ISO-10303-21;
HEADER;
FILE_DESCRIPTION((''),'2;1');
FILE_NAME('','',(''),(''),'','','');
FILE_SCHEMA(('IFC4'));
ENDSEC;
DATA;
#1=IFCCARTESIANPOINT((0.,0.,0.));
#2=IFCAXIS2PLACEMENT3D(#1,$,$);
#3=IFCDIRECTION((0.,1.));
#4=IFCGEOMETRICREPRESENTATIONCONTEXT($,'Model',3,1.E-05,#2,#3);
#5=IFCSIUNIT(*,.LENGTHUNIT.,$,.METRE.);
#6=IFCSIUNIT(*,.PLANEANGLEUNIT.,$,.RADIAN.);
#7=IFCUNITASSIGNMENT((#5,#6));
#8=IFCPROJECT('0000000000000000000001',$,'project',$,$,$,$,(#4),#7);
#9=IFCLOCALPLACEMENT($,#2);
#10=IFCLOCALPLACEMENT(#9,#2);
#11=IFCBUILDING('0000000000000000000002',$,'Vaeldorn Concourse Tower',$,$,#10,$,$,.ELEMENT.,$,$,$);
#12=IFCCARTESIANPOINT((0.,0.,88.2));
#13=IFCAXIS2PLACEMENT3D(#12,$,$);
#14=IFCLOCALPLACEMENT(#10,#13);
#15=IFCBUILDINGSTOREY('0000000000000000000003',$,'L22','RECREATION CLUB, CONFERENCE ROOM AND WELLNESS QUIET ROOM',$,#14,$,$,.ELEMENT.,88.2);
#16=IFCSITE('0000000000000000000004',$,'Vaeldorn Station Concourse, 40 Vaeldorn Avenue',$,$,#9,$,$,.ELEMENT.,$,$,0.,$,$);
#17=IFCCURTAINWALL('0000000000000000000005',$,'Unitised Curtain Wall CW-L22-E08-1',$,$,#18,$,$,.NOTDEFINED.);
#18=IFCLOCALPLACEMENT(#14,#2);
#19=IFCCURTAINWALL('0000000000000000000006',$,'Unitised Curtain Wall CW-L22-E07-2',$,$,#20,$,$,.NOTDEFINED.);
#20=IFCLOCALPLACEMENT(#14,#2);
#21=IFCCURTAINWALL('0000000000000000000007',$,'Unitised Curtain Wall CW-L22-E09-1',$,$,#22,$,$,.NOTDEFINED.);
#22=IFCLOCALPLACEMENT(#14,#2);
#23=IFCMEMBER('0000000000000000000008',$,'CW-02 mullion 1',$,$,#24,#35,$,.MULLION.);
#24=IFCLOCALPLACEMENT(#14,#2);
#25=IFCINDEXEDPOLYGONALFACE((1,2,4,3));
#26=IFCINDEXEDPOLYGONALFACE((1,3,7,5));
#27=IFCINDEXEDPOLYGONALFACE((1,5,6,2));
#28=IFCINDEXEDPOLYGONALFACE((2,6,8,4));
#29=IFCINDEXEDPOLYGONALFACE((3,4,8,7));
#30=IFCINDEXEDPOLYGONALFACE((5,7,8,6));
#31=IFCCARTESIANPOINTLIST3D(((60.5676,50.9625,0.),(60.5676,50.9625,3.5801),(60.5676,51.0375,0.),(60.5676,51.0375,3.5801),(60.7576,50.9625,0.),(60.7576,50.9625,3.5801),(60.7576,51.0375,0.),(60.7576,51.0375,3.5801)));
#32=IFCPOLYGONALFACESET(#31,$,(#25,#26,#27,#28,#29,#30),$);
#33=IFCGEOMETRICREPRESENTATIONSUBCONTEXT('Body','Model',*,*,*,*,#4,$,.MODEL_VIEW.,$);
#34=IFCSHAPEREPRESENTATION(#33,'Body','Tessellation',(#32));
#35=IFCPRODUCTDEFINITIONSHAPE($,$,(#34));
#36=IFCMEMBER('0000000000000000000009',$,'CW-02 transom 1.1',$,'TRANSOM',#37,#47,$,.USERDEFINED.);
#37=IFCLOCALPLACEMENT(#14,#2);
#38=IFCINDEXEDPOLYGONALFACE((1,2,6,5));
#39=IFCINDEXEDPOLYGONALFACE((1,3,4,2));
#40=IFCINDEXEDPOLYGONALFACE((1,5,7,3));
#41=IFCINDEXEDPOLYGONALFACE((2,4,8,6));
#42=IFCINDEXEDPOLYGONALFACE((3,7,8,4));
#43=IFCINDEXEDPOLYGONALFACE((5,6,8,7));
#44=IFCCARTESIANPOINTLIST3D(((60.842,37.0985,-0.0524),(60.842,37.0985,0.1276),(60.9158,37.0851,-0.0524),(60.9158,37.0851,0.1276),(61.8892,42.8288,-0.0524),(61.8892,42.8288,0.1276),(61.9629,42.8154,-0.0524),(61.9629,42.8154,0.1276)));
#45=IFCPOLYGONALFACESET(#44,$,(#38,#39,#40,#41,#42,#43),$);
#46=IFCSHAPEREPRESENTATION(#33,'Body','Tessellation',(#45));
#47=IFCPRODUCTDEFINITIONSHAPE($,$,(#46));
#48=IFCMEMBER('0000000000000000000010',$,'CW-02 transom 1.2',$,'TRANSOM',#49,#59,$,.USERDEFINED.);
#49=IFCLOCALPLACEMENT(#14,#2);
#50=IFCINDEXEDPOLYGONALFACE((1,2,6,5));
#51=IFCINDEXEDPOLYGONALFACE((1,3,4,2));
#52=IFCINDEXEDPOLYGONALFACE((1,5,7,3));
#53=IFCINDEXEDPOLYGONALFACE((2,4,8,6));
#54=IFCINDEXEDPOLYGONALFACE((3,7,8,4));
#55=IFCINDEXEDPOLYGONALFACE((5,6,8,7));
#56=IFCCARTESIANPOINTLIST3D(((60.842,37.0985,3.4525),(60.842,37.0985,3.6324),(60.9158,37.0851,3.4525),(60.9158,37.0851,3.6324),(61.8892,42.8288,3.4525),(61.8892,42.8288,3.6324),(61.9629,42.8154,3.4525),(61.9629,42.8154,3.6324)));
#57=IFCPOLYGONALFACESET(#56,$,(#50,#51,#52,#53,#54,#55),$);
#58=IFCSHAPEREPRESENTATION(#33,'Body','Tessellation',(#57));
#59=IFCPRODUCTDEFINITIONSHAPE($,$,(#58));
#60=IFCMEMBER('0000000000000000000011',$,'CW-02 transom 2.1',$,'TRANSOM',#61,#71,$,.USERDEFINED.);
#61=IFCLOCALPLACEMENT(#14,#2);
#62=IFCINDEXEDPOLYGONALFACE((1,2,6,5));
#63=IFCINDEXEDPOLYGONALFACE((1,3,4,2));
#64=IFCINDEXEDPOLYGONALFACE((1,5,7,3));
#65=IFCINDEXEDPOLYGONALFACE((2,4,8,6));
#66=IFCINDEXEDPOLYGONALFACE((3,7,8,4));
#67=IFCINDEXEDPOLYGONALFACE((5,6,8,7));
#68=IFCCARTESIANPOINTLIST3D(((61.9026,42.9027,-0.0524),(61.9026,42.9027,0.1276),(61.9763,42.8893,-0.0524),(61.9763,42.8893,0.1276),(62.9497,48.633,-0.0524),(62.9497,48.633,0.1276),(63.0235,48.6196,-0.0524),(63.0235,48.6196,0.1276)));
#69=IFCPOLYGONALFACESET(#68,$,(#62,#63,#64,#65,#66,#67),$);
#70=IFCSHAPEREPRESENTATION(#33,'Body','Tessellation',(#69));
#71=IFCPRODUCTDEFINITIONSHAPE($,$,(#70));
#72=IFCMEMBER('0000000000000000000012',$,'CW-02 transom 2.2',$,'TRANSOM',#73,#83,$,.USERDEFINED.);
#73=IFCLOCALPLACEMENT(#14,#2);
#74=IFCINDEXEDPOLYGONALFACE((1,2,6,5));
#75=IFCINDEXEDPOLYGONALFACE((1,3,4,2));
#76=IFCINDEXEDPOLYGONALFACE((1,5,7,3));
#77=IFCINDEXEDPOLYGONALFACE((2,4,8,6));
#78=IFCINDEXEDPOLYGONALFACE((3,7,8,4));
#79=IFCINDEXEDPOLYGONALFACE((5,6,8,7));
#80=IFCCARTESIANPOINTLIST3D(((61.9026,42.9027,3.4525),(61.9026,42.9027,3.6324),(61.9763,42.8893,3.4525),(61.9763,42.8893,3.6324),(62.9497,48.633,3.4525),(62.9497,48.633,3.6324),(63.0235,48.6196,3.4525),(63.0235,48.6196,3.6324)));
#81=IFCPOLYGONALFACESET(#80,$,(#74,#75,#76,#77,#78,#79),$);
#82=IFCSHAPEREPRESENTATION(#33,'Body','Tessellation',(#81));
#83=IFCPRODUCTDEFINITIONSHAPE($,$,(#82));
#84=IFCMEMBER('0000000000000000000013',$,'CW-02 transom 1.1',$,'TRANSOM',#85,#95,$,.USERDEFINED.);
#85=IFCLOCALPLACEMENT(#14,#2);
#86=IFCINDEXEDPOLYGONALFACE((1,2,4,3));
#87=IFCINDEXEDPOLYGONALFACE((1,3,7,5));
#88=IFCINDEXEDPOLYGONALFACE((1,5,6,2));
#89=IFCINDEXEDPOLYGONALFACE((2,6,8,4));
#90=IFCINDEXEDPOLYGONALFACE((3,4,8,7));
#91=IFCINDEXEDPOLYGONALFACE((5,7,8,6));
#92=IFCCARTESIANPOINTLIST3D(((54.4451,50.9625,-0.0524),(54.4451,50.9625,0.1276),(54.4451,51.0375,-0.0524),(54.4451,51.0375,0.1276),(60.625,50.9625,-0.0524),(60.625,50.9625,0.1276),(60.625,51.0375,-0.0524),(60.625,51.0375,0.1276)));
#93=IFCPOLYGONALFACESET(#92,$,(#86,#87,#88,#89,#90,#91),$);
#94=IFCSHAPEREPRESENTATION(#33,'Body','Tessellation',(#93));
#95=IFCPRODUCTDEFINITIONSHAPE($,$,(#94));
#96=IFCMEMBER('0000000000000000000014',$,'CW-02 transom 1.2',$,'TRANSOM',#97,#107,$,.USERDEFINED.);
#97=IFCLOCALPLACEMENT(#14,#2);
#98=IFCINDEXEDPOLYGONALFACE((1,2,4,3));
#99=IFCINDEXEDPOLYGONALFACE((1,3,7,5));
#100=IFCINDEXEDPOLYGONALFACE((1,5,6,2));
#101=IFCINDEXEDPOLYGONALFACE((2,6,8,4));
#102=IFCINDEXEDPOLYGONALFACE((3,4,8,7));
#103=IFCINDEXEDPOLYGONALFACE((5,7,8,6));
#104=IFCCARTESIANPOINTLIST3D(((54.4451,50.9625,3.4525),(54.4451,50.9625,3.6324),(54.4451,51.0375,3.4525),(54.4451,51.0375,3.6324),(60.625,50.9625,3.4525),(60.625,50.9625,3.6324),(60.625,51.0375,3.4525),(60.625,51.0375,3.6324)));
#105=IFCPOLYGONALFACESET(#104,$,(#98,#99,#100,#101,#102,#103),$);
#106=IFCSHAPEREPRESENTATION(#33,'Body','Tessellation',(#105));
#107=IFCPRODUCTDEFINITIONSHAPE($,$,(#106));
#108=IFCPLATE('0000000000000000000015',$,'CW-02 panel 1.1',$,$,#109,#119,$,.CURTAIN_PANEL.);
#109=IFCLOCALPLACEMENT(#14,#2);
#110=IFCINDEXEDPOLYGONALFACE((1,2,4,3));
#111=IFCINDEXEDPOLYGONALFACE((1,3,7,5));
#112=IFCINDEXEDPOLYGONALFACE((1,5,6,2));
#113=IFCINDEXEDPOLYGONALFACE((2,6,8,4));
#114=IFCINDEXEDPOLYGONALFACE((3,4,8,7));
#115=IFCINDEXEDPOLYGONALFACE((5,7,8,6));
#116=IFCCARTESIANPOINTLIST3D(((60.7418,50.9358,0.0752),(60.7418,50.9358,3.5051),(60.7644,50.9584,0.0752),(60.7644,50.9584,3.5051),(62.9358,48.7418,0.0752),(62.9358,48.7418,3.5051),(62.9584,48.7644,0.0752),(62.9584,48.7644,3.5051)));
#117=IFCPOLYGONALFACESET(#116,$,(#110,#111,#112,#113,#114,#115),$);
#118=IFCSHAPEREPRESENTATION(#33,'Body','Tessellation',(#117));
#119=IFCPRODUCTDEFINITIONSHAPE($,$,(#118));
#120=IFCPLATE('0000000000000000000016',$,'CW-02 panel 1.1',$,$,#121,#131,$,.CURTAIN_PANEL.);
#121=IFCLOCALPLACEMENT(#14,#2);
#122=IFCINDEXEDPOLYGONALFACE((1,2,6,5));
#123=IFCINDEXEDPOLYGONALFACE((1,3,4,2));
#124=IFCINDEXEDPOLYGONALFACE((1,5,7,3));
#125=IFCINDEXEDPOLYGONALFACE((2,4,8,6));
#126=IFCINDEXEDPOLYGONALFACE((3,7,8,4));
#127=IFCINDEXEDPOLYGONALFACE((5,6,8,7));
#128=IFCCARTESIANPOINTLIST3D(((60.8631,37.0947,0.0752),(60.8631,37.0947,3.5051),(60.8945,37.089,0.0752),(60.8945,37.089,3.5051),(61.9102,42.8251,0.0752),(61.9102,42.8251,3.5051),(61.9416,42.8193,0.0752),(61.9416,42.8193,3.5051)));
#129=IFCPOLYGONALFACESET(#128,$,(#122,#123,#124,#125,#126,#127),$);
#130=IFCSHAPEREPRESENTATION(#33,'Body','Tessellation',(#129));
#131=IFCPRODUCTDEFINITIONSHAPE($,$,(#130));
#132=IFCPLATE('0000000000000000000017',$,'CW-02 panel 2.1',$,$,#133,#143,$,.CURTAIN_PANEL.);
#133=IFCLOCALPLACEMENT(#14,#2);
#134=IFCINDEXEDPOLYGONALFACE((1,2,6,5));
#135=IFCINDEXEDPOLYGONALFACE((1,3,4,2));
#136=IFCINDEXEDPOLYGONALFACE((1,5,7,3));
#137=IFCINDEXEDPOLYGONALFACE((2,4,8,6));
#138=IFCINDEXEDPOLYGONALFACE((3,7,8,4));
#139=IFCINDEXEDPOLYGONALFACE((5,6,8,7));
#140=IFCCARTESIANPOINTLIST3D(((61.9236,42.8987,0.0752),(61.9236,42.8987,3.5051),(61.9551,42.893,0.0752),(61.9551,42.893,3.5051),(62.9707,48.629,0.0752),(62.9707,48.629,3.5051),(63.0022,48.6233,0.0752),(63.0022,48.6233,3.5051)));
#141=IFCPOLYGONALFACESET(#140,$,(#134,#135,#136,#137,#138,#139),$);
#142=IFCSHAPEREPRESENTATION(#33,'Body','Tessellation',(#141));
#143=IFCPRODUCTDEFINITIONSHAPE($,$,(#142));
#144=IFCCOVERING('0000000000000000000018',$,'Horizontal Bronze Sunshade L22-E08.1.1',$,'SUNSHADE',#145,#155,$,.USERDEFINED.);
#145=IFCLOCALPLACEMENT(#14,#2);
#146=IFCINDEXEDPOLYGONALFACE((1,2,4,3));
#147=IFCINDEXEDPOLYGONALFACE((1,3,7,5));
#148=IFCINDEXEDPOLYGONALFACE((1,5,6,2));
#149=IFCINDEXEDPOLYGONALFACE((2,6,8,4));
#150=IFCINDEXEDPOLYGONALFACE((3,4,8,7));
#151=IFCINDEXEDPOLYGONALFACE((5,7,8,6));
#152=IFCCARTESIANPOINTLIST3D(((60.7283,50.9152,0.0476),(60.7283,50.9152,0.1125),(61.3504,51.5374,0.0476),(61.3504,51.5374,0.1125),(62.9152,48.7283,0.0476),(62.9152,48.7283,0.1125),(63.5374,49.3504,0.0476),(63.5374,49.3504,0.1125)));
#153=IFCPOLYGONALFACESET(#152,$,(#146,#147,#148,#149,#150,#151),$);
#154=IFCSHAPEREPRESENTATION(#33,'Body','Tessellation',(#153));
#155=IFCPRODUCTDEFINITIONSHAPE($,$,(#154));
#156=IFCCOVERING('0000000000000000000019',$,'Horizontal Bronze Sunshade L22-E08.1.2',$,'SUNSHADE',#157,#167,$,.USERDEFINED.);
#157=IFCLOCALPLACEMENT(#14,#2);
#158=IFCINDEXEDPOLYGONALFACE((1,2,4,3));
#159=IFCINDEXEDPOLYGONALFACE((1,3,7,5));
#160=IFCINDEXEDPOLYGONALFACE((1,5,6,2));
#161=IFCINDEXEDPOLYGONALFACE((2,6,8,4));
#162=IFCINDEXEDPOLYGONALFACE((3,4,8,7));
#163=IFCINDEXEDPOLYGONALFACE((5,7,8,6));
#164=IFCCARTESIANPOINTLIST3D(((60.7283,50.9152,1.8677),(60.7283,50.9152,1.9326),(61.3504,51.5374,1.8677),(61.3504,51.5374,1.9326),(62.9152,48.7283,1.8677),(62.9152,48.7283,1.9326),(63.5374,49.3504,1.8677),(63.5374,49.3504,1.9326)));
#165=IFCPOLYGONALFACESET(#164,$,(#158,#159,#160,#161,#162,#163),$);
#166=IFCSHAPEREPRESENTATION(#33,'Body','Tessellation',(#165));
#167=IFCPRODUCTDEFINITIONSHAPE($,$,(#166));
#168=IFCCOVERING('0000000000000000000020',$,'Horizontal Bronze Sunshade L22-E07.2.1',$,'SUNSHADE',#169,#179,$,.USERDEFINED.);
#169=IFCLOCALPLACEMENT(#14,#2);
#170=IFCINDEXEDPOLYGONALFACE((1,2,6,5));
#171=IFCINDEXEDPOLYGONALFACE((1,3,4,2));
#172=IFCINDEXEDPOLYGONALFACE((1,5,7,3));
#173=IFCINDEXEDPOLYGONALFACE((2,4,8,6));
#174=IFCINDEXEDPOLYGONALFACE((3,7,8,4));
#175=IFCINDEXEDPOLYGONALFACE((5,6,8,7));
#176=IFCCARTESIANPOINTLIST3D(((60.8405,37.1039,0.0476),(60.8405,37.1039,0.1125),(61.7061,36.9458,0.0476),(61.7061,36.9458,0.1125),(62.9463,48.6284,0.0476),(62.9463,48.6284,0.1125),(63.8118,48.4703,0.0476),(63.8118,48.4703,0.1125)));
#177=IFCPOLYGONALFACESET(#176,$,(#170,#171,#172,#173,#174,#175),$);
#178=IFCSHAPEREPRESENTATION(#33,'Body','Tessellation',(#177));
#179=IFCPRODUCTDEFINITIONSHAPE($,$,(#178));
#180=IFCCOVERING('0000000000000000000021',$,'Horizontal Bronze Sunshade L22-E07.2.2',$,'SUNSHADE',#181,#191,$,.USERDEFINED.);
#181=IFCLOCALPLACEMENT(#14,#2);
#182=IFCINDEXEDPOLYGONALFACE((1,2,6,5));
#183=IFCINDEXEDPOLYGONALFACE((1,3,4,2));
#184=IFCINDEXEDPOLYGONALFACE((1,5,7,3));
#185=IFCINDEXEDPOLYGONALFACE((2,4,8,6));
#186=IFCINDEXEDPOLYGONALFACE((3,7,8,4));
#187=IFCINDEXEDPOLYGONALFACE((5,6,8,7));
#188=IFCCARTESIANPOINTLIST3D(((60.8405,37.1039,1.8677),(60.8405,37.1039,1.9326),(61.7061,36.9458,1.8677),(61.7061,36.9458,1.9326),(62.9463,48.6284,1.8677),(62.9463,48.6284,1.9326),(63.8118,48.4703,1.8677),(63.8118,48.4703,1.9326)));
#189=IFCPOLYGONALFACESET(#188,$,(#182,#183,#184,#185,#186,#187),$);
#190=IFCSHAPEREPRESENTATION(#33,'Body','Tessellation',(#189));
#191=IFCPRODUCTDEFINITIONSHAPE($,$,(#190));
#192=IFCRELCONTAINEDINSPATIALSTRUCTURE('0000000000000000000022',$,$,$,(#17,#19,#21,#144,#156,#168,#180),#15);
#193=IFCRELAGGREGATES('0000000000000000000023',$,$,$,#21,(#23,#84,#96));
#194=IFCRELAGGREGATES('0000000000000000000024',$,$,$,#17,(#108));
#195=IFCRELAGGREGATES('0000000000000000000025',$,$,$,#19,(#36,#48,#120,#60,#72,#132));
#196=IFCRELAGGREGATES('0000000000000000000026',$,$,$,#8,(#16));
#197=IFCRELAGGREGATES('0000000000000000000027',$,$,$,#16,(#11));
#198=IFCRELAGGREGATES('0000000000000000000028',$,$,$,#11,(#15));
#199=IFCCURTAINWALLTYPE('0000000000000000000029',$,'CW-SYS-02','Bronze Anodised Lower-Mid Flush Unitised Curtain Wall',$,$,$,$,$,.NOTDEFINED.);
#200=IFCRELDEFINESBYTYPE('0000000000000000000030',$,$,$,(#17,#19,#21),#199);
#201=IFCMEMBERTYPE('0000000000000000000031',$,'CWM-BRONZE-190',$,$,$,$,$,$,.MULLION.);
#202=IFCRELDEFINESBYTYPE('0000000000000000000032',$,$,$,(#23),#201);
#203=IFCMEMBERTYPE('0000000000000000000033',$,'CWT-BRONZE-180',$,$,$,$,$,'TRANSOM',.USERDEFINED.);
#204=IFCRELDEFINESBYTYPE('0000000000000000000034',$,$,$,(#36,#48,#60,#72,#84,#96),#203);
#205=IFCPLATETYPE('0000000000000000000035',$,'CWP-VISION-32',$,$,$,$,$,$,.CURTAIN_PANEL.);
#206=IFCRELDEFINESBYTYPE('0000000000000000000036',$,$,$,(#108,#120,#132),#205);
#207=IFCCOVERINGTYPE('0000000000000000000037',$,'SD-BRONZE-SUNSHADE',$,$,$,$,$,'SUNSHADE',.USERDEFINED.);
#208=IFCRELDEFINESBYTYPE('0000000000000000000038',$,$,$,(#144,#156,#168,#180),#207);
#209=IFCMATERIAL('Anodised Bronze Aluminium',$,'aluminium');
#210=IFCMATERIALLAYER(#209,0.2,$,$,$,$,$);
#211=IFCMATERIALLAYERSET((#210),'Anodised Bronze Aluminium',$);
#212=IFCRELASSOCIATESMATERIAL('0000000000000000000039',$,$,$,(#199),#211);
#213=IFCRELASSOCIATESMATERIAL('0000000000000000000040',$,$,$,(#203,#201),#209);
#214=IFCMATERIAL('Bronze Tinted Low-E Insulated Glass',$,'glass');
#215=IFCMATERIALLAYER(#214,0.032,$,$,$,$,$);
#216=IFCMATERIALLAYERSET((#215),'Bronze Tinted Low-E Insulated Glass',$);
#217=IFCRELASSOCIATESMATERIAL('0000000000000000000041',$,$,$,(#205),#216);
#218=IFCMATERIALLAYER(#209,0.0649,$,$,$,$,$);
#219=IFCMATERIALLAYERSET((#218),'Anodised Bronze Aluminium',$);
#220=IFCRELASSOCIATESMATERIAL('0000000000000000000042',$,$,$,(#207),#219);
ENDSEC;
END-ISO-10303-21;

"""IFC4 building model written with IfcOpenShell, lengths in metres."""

from ifc_helpers import new_model, si_unit, direction, frame, origin, origin_2d, place, context, subcontext, project, spatial, rectangle, extrude, source, transform, mapped, material, layer, layer_set, material_profile, profile_set, type_object, element, aggregate, save


model = new_model("IFC4")

# Units and contexts
model_context = context("Model", 3, precision=1e-05, world=origin(), true_north=direction((0.0, 1.0)))
body_context = subcontext(model_context, "Body", "Model", "MODEL_VIEW")
ifc_project = project(units=[si_unit("LENGTHUNIT", "METRE"), si_unit("PLANEANGLEUNIT", "RADIAN")], contexts=[model_context])

# Site, building, storey
site_placement = place(None, origin())
site = spatial("IfcSite", under=ifc_project, at=site_placement, Name="Vaeldorn Station Concourse, 40 Vaeldorn Avenue", CompositionType="ELEMENT", RefElevation=0.0)
building_placement = place(site_placement, origin())
building = spatial("IfcBuilding", under=site, at=building_placement, Name="Vaeldorn Concourse Tower", CompositionType="ELEMENT")
storey_placement = place(building_placement, frame((0.0, 0.0, 88.2)))
storey = spatial("IfcBuildingStorey", under=building, at=storey_placement, Name="L22", Description="RECREATION CLUB, CONFERENCE ROOM AND WELLNESS QUIET ROOM", CompositionType="ELEMENT", Elevation=88.2)

# Curtain walls
ifc_material_1 = material(Name="Anodised Bronze Aluminium", Category="aluminium")
ifc_layer_1 = layer(ifc_material_1, 0.2)
ifc_layer_set_1 = layer_set([ifc_layer_1], Name="Anodised Bronze Aluminium")
curtain_wall_type = type_object("IfcCurtainWallType", Name="CW-SYS-02", Description="Bronze Anodised Lower-Mid Flush Unitised Curtain Wall", PredefinedType="NOTDEFINED", material=ifc_layer_set_1)
curtain_wall_1_placement = place(storey_placement, origin())
curtain_wall_1 = element("IfcCurtainWall", 1, at=curtain_wall_1_placement, inside=storey, type_object=curtain_wall_type, Name="Unitised Curtain Wall CW-L22-E08-1", PredefinedType="NOTDEFINED")
ifc_material_profile_1 = material_profile(ifc_material_1, rectangle(XDim=0.075, YDim=0.1799, at=origin_2d()), Name="CWT 75x180")
ifc_profile_set_1 = profile_set([ifc_material_profile_1], Name="Anodised Bronze Aluminium")
member_type_1 = type_object("IfcMemberType", Name="CWT-BRONZE-180", ElementType="TRANSOM", PredefinedType="USERDEFINED", material=ifc_profile_set_1)
curtain_wall_2_placement = place(storey_placement, origin())
curtain_wall_2 = element("IfcCurtainWall", 2, at=curtain_wall_2_placement, inside=storey, type_object=curtain_wall_type, Name="Unitised Curtain Wall CW-L22-E07-2", PredefinedType="NOTDEFINED")
ifc_material_profile_2 = material_profile(ifc_material_1, rectangle(XDim=0.075, YDim=0.1899, at=origin_2d()), Name="CWM 75x190")
ifc_profile_set_2 = profile_set([ifc_material_profile_2], Name="Anodised Bronze Aluminium")
member_type_2 = type_object("IfcMemberType", Name="CWM-BRONZE-190", PredefinedType="MULLION", material=ifc_profile_set_2)
shared_shape_1 = source(origin(), body_context, "Body", "SweptSolid", [
    extrude(rectangle(XDim=0.075, YDim=0.1899, at=origin_2d()), origin(), (0.0, 0.0, 1.0), 3.5801),
])

# Curtain wall, member
curtain_wall_3_placement = place(storey_placement, origin())
curtain_wall_3 = element("IfcCurtainWall", 3, at=curtain_wall_3_placement, inside=storey, type_object=curtain_wall_type, Name="Unitised Curtain Wall CW-L22-E09-1", PredefinedType="NOTDEFINED")
member_1_placement = place(storey_placement, frame((60.6626, 51.0, 0.0), z_axis=(0.0, 0.0, 1.0), x_axis=(0.0, -1.0, 0.0)))
member_1 = element("IfcMember", 4, at=member_1_placement, type_object=member_type_2, Name="CW-02 mullion 1", PredefinedType="MULLION", context=body_context, shape_type="MappedRepresentation", body=[
    mapped(shared_shape_1, transform((0.0, 0.0, 0.0), scale=1.0)),
])

# Members
shared_shape_2 = source(origin(), body_context, "Body", "SweptSolid", [
    extrude(rectangle(XDim=0.075, YDim=0.1799, at=origin_2d()), origin(), (0.0, 0.0, 1.0), 5.8252),
])
member_2_placement = place(storey_placement, frame((60.8789, 37.0918, 0.0376), z_axis=(0.179759, 0.983711, 0.0), x_axis=(-0.983711, 0.179759, 0.0)))
member_2 = element("IfcMember", 5, at=member_2_placement, type_object=member_type_1, Name="CW-02 transom 1.1", ObjectType="TRANSOM", PredefinedType="USERDEFINED", context=body_context, shape_type="MappedRepresentation", body=[
    mapped(shared_shape_2, transform((0.0, 0.0, 0.0), scale=1.0)),
])
member_3_placement = place(storey_placement, frame((60.8789, 37.0918, 3.5425), z_axis=(0.179759, 0.983711, 0.0), x_axis=(-0.983711, 0.179759, 0.0)))
member_3 = element("IfcMember", 6, at=member_3_placement, type_object=member_type_1, Name="CW-02 transom 1.2", ObjectType="TRANSOM", PredefinedType="USERDEFINED", context=body_context, shape_type="MappedRepresentation", body=[
    mapped(shared_shape_2, transform((0.0, 0.0, 0.0), scale=1.0)),
])
member_4_placement = place(storey_placement, frame((61.9395, 42.896, 0.0376), z_axis=(0.179759, 0.983711, 0.0), x_axis=(-0.983711, 0.179759, 0.0)))
member_4 = element("IfcMember", 7, at=member_4_placement, type_object=member_type_1, Name="CW-02 transom 2.1", ObjectType="TRANSOM", PredefinedType="USERDEFINED", context=body_context, shape_type="MappedRepresentation", body=[
    mapped(shared_shape_2, transform((0.0, 0.0, 0.0), scale=1.0)),
])
member_5_placement = place(storey_placement, frame((61.9395, 42.896, 3.5425), z_axis=(0.179759, 0.983711, 0.0), x_axis=(-0.983711, 0.179759, 0.0)))
member_5 = element("IfcMember", 8, at=member_5_placement, type_object=member_type_1, Name="CW-02 transom 2.2", ObjectType="TRANSOM", PredefinedType="USERDEFINED", context=body_context, shape_type="MappedRepresentation", body=[
    mapped(shared_shape_2, transform((0.0, 0.0, 0.0), scale=1.0)),
])
shared_shape_3 = source(origin(), body_context, "Body", "SweptSolid", [
    extrude(rectangle(XDim=0.075, YDim=0.1799, at=origin_2d()), origin(), (0.0, 0.0, 1.0), 6.1799),
])
member_6_placement = place(storey_placement, frame((60.625, 51.0, 0.0376), z_axis=(-1.0, 0.0, 0.0), x_axis=(0.0, -1.0, 0.0)))
member_6 = element("IfcMember", 9, at=member_6_placement, type_object=member_type_1, Name="CW-02 transom 1.1", ObjectType="TRANSOM", PredefinedType="USERDEFINED", context=body_context, shape_type="MappedRepresentation", body=[
    mapped(shared_shape_3, transform((0.0, 0.0, 0.0), scale=1.0)),
])
member_7_placement = place(storey_placement, frame((60.625, 51.0, 3.5425), z_axis=(-1.0, 0.0, 0.0), x_axis=(0.0, -1.0, 0.0)))
member_7 = element("IfcMember", 10, at=member_7_placement, type_object=member_type_1, Name="CW-02 transom 1.2", ObjectType="TRANSOM", PredefinedType="USERDEFINED", context=body_context, shape_type="MappedRepresentation", body=[
    mapped(shared_shape_3, transform((0.0, 0.0, 0.0), scale=1.0)),
])
aggregate(curtain_wall_3, [member_1, member_6, member_7])

# Plates
ifc_material_2 = material(Name="Bronze Tinted Low-E Insulated Glass", Category="glass")
ifc_layer_2 = layer(ifc_material_2, 0.032)
ifc_layer_set_2 = layer_set([ifc_layer_2], Name="Bronze Tinted Low-E Insulated Glass")
plate_type = type_object("IfcPlateType", Name="CWP-VISION-32", PredefinedType="CURTAIN_PANEL", material=ifc_layer_set_2)
shared_shape_4 = source(origin(), body_context, "Body", "SweptSolid", [
    extrude(rectangle(XDim=3.1028, YDim=0.032, at=origin_2d()), origin(), (0.0, 0.0, 1.0), 3.4299),
])
plate_1_placement = place(storey_placement, frame((61.8501, 49.8501, 0.0752), z_axis=(0.0, 0.0, 1.0), x_axis=(-0.707107, 0.707107, 0.0)))
plate_1 = element("IfcPlate", 11, at=plate_1_placement, type_object=plate_type, Name="CW-02 panel 1.1", PredefinedType="CURTAIN_PANEL", context=body_context, shape_type="MappedRepresentation", body=[
    mapped(shared_shape_4, transform((0.0, 0.0, 0.0), scale=1.0)),
])
aggregate(curtain_wall_1, [plate_1])
shared_shape_5 = source(origin(), body_context, "Body", "SweptSolid", [
    extrude(rectangle(XDim=5.8252, YDim=0.032, at=origin_2d()), origin(), (0.0, 0.0, 1.0), 3.4299),
])
plate_2_placement = place(storey_placement, frame((61.4023, 39.957, 0.0752), z_axis=(0.0, 0.0, 1.0), x_axis=(0.179749, 0.983712, 0.0)))
plate_2 = element("IfcPlate", 12, at=plate_2_placement, type_object=plate_type, Name="CW-02 panel 1.1", PredefinedType="CURTAIN_PANEL", context=body_context, shape_type="MappedRepresentation", body=[
    mapped(shared_shape_5, transform((0.0, 0.0, 0.0), scale=1.0)),
])
plate_3_placement = place(storey_placement, frame((62.4629, 45.761, 0.0752), z_axis=(0.0, 0.0, 1.0), x_axis=(0.179749, 0.983712, 0.0)))
plate_3 = element("IfcPlate", 13, at=plate_3_placement, type_object=plate_type, Name="CW-02 panel 2.1", PredefinedType="CURTAIN_PANEL", context=body_context, shape_type="MappedRepresentation", body=[
    mapped(shared_shape_5, transform((0.0, 0.0, 0.0), scale=1.0)),
])
aggregate(curtain_wall_2, [member_2, member_3, plate_2, member_4, member_5, plate_3])

# Coverings
ifc_layer_3 = layer(ifc_material_1, 0.0649)
ifc_layer_set_3 = layer_set([ifc_layer_3], Name="Anodised Bronze Aluminium")
covering_type = type_object("IfcCoveringType", Name="SD-BRONZE-SUNSHADE", ElementType="SUNSHADE", PredefinedType="USERDEFINED", material=ifc_layer_set_3)
shared_shape_6 = source(origin(), body_context, "Body", "SweptSolid", [
    extrude(rectangle(XDim=3.0928, YDim=0.8799, at=origin_2d()), origin(), (0.0, 0.0, 1.0), 0.0649),
])
for number, where, z_axis, x_axis, name in (
    (14, (62.1328, 50.1328, 0.0476), (0.0, 0.0, 1.0), (-0.707107, 0.707107, 0.0), "Horizontal Bronze Sunshade L22-E08.1.1"),
    (15, (62.1328, 50.1328, 1.8677), (0.0, 0.0, 1.0), (-0.707107, 0.707107, 0.0), "Horizontal Bronze Sunshade L22-E08.1.2"),
):
    element("IfcCovering", number, at=place(storey_placement, frame(where, z_axis=z_axis, x_axis=x_axis)), inside=storey, type_object=covering_type, Name=name, ObjectType="SUNSHADE", PredefinedType="USERDEFINED", context=body_context, shape_type="MappedRepresentation", body=[
        mapped(shared_shape_6, transform((0.0, 0.0, 0.0), scale=1.0)),
    ])
shared_shape_7 = source(origin(), body_context, "Body", "SweptSolid", [
    extrude(rectangle(XDim=11.7153, YDim=0.8799, at=origin_2d()), origin(), (0.0, 0.0, 1.0), 0.0649),
])
for number, where, z_axis, x_axis, name in (
    (16, (62.3262, 42.7871, 0.0476), (0.0, 0.0, 1.0), (0.179747, 0.983713, 0.0), "Horizontal Bronze Sunshade L22-E07.2.1"),
    (17, (62.3262, 42.7871, 1.8677), (0.0, 0.0, 1.0), (0.179747, 0.983713, 0.0), "Horizontal Bronze Sunshade L22-E07.2.2"),
):
    element("IfcCovering", number, at=place(storey_placement, frame(where, z_axis=z_axis, x_axis=x_axis)), inside=storey, type_object=covering_type, Name=name, ObjectType="SUNSHADE", PredefinedType="USERDEFINED", context=body_context, shape_type="MappedRepresentation", body=[
        mapped(shared_shape_7, transform((0.0, 0.0, 0.0), scale=1.0)),
    ])

save(model, "model.ifc")
